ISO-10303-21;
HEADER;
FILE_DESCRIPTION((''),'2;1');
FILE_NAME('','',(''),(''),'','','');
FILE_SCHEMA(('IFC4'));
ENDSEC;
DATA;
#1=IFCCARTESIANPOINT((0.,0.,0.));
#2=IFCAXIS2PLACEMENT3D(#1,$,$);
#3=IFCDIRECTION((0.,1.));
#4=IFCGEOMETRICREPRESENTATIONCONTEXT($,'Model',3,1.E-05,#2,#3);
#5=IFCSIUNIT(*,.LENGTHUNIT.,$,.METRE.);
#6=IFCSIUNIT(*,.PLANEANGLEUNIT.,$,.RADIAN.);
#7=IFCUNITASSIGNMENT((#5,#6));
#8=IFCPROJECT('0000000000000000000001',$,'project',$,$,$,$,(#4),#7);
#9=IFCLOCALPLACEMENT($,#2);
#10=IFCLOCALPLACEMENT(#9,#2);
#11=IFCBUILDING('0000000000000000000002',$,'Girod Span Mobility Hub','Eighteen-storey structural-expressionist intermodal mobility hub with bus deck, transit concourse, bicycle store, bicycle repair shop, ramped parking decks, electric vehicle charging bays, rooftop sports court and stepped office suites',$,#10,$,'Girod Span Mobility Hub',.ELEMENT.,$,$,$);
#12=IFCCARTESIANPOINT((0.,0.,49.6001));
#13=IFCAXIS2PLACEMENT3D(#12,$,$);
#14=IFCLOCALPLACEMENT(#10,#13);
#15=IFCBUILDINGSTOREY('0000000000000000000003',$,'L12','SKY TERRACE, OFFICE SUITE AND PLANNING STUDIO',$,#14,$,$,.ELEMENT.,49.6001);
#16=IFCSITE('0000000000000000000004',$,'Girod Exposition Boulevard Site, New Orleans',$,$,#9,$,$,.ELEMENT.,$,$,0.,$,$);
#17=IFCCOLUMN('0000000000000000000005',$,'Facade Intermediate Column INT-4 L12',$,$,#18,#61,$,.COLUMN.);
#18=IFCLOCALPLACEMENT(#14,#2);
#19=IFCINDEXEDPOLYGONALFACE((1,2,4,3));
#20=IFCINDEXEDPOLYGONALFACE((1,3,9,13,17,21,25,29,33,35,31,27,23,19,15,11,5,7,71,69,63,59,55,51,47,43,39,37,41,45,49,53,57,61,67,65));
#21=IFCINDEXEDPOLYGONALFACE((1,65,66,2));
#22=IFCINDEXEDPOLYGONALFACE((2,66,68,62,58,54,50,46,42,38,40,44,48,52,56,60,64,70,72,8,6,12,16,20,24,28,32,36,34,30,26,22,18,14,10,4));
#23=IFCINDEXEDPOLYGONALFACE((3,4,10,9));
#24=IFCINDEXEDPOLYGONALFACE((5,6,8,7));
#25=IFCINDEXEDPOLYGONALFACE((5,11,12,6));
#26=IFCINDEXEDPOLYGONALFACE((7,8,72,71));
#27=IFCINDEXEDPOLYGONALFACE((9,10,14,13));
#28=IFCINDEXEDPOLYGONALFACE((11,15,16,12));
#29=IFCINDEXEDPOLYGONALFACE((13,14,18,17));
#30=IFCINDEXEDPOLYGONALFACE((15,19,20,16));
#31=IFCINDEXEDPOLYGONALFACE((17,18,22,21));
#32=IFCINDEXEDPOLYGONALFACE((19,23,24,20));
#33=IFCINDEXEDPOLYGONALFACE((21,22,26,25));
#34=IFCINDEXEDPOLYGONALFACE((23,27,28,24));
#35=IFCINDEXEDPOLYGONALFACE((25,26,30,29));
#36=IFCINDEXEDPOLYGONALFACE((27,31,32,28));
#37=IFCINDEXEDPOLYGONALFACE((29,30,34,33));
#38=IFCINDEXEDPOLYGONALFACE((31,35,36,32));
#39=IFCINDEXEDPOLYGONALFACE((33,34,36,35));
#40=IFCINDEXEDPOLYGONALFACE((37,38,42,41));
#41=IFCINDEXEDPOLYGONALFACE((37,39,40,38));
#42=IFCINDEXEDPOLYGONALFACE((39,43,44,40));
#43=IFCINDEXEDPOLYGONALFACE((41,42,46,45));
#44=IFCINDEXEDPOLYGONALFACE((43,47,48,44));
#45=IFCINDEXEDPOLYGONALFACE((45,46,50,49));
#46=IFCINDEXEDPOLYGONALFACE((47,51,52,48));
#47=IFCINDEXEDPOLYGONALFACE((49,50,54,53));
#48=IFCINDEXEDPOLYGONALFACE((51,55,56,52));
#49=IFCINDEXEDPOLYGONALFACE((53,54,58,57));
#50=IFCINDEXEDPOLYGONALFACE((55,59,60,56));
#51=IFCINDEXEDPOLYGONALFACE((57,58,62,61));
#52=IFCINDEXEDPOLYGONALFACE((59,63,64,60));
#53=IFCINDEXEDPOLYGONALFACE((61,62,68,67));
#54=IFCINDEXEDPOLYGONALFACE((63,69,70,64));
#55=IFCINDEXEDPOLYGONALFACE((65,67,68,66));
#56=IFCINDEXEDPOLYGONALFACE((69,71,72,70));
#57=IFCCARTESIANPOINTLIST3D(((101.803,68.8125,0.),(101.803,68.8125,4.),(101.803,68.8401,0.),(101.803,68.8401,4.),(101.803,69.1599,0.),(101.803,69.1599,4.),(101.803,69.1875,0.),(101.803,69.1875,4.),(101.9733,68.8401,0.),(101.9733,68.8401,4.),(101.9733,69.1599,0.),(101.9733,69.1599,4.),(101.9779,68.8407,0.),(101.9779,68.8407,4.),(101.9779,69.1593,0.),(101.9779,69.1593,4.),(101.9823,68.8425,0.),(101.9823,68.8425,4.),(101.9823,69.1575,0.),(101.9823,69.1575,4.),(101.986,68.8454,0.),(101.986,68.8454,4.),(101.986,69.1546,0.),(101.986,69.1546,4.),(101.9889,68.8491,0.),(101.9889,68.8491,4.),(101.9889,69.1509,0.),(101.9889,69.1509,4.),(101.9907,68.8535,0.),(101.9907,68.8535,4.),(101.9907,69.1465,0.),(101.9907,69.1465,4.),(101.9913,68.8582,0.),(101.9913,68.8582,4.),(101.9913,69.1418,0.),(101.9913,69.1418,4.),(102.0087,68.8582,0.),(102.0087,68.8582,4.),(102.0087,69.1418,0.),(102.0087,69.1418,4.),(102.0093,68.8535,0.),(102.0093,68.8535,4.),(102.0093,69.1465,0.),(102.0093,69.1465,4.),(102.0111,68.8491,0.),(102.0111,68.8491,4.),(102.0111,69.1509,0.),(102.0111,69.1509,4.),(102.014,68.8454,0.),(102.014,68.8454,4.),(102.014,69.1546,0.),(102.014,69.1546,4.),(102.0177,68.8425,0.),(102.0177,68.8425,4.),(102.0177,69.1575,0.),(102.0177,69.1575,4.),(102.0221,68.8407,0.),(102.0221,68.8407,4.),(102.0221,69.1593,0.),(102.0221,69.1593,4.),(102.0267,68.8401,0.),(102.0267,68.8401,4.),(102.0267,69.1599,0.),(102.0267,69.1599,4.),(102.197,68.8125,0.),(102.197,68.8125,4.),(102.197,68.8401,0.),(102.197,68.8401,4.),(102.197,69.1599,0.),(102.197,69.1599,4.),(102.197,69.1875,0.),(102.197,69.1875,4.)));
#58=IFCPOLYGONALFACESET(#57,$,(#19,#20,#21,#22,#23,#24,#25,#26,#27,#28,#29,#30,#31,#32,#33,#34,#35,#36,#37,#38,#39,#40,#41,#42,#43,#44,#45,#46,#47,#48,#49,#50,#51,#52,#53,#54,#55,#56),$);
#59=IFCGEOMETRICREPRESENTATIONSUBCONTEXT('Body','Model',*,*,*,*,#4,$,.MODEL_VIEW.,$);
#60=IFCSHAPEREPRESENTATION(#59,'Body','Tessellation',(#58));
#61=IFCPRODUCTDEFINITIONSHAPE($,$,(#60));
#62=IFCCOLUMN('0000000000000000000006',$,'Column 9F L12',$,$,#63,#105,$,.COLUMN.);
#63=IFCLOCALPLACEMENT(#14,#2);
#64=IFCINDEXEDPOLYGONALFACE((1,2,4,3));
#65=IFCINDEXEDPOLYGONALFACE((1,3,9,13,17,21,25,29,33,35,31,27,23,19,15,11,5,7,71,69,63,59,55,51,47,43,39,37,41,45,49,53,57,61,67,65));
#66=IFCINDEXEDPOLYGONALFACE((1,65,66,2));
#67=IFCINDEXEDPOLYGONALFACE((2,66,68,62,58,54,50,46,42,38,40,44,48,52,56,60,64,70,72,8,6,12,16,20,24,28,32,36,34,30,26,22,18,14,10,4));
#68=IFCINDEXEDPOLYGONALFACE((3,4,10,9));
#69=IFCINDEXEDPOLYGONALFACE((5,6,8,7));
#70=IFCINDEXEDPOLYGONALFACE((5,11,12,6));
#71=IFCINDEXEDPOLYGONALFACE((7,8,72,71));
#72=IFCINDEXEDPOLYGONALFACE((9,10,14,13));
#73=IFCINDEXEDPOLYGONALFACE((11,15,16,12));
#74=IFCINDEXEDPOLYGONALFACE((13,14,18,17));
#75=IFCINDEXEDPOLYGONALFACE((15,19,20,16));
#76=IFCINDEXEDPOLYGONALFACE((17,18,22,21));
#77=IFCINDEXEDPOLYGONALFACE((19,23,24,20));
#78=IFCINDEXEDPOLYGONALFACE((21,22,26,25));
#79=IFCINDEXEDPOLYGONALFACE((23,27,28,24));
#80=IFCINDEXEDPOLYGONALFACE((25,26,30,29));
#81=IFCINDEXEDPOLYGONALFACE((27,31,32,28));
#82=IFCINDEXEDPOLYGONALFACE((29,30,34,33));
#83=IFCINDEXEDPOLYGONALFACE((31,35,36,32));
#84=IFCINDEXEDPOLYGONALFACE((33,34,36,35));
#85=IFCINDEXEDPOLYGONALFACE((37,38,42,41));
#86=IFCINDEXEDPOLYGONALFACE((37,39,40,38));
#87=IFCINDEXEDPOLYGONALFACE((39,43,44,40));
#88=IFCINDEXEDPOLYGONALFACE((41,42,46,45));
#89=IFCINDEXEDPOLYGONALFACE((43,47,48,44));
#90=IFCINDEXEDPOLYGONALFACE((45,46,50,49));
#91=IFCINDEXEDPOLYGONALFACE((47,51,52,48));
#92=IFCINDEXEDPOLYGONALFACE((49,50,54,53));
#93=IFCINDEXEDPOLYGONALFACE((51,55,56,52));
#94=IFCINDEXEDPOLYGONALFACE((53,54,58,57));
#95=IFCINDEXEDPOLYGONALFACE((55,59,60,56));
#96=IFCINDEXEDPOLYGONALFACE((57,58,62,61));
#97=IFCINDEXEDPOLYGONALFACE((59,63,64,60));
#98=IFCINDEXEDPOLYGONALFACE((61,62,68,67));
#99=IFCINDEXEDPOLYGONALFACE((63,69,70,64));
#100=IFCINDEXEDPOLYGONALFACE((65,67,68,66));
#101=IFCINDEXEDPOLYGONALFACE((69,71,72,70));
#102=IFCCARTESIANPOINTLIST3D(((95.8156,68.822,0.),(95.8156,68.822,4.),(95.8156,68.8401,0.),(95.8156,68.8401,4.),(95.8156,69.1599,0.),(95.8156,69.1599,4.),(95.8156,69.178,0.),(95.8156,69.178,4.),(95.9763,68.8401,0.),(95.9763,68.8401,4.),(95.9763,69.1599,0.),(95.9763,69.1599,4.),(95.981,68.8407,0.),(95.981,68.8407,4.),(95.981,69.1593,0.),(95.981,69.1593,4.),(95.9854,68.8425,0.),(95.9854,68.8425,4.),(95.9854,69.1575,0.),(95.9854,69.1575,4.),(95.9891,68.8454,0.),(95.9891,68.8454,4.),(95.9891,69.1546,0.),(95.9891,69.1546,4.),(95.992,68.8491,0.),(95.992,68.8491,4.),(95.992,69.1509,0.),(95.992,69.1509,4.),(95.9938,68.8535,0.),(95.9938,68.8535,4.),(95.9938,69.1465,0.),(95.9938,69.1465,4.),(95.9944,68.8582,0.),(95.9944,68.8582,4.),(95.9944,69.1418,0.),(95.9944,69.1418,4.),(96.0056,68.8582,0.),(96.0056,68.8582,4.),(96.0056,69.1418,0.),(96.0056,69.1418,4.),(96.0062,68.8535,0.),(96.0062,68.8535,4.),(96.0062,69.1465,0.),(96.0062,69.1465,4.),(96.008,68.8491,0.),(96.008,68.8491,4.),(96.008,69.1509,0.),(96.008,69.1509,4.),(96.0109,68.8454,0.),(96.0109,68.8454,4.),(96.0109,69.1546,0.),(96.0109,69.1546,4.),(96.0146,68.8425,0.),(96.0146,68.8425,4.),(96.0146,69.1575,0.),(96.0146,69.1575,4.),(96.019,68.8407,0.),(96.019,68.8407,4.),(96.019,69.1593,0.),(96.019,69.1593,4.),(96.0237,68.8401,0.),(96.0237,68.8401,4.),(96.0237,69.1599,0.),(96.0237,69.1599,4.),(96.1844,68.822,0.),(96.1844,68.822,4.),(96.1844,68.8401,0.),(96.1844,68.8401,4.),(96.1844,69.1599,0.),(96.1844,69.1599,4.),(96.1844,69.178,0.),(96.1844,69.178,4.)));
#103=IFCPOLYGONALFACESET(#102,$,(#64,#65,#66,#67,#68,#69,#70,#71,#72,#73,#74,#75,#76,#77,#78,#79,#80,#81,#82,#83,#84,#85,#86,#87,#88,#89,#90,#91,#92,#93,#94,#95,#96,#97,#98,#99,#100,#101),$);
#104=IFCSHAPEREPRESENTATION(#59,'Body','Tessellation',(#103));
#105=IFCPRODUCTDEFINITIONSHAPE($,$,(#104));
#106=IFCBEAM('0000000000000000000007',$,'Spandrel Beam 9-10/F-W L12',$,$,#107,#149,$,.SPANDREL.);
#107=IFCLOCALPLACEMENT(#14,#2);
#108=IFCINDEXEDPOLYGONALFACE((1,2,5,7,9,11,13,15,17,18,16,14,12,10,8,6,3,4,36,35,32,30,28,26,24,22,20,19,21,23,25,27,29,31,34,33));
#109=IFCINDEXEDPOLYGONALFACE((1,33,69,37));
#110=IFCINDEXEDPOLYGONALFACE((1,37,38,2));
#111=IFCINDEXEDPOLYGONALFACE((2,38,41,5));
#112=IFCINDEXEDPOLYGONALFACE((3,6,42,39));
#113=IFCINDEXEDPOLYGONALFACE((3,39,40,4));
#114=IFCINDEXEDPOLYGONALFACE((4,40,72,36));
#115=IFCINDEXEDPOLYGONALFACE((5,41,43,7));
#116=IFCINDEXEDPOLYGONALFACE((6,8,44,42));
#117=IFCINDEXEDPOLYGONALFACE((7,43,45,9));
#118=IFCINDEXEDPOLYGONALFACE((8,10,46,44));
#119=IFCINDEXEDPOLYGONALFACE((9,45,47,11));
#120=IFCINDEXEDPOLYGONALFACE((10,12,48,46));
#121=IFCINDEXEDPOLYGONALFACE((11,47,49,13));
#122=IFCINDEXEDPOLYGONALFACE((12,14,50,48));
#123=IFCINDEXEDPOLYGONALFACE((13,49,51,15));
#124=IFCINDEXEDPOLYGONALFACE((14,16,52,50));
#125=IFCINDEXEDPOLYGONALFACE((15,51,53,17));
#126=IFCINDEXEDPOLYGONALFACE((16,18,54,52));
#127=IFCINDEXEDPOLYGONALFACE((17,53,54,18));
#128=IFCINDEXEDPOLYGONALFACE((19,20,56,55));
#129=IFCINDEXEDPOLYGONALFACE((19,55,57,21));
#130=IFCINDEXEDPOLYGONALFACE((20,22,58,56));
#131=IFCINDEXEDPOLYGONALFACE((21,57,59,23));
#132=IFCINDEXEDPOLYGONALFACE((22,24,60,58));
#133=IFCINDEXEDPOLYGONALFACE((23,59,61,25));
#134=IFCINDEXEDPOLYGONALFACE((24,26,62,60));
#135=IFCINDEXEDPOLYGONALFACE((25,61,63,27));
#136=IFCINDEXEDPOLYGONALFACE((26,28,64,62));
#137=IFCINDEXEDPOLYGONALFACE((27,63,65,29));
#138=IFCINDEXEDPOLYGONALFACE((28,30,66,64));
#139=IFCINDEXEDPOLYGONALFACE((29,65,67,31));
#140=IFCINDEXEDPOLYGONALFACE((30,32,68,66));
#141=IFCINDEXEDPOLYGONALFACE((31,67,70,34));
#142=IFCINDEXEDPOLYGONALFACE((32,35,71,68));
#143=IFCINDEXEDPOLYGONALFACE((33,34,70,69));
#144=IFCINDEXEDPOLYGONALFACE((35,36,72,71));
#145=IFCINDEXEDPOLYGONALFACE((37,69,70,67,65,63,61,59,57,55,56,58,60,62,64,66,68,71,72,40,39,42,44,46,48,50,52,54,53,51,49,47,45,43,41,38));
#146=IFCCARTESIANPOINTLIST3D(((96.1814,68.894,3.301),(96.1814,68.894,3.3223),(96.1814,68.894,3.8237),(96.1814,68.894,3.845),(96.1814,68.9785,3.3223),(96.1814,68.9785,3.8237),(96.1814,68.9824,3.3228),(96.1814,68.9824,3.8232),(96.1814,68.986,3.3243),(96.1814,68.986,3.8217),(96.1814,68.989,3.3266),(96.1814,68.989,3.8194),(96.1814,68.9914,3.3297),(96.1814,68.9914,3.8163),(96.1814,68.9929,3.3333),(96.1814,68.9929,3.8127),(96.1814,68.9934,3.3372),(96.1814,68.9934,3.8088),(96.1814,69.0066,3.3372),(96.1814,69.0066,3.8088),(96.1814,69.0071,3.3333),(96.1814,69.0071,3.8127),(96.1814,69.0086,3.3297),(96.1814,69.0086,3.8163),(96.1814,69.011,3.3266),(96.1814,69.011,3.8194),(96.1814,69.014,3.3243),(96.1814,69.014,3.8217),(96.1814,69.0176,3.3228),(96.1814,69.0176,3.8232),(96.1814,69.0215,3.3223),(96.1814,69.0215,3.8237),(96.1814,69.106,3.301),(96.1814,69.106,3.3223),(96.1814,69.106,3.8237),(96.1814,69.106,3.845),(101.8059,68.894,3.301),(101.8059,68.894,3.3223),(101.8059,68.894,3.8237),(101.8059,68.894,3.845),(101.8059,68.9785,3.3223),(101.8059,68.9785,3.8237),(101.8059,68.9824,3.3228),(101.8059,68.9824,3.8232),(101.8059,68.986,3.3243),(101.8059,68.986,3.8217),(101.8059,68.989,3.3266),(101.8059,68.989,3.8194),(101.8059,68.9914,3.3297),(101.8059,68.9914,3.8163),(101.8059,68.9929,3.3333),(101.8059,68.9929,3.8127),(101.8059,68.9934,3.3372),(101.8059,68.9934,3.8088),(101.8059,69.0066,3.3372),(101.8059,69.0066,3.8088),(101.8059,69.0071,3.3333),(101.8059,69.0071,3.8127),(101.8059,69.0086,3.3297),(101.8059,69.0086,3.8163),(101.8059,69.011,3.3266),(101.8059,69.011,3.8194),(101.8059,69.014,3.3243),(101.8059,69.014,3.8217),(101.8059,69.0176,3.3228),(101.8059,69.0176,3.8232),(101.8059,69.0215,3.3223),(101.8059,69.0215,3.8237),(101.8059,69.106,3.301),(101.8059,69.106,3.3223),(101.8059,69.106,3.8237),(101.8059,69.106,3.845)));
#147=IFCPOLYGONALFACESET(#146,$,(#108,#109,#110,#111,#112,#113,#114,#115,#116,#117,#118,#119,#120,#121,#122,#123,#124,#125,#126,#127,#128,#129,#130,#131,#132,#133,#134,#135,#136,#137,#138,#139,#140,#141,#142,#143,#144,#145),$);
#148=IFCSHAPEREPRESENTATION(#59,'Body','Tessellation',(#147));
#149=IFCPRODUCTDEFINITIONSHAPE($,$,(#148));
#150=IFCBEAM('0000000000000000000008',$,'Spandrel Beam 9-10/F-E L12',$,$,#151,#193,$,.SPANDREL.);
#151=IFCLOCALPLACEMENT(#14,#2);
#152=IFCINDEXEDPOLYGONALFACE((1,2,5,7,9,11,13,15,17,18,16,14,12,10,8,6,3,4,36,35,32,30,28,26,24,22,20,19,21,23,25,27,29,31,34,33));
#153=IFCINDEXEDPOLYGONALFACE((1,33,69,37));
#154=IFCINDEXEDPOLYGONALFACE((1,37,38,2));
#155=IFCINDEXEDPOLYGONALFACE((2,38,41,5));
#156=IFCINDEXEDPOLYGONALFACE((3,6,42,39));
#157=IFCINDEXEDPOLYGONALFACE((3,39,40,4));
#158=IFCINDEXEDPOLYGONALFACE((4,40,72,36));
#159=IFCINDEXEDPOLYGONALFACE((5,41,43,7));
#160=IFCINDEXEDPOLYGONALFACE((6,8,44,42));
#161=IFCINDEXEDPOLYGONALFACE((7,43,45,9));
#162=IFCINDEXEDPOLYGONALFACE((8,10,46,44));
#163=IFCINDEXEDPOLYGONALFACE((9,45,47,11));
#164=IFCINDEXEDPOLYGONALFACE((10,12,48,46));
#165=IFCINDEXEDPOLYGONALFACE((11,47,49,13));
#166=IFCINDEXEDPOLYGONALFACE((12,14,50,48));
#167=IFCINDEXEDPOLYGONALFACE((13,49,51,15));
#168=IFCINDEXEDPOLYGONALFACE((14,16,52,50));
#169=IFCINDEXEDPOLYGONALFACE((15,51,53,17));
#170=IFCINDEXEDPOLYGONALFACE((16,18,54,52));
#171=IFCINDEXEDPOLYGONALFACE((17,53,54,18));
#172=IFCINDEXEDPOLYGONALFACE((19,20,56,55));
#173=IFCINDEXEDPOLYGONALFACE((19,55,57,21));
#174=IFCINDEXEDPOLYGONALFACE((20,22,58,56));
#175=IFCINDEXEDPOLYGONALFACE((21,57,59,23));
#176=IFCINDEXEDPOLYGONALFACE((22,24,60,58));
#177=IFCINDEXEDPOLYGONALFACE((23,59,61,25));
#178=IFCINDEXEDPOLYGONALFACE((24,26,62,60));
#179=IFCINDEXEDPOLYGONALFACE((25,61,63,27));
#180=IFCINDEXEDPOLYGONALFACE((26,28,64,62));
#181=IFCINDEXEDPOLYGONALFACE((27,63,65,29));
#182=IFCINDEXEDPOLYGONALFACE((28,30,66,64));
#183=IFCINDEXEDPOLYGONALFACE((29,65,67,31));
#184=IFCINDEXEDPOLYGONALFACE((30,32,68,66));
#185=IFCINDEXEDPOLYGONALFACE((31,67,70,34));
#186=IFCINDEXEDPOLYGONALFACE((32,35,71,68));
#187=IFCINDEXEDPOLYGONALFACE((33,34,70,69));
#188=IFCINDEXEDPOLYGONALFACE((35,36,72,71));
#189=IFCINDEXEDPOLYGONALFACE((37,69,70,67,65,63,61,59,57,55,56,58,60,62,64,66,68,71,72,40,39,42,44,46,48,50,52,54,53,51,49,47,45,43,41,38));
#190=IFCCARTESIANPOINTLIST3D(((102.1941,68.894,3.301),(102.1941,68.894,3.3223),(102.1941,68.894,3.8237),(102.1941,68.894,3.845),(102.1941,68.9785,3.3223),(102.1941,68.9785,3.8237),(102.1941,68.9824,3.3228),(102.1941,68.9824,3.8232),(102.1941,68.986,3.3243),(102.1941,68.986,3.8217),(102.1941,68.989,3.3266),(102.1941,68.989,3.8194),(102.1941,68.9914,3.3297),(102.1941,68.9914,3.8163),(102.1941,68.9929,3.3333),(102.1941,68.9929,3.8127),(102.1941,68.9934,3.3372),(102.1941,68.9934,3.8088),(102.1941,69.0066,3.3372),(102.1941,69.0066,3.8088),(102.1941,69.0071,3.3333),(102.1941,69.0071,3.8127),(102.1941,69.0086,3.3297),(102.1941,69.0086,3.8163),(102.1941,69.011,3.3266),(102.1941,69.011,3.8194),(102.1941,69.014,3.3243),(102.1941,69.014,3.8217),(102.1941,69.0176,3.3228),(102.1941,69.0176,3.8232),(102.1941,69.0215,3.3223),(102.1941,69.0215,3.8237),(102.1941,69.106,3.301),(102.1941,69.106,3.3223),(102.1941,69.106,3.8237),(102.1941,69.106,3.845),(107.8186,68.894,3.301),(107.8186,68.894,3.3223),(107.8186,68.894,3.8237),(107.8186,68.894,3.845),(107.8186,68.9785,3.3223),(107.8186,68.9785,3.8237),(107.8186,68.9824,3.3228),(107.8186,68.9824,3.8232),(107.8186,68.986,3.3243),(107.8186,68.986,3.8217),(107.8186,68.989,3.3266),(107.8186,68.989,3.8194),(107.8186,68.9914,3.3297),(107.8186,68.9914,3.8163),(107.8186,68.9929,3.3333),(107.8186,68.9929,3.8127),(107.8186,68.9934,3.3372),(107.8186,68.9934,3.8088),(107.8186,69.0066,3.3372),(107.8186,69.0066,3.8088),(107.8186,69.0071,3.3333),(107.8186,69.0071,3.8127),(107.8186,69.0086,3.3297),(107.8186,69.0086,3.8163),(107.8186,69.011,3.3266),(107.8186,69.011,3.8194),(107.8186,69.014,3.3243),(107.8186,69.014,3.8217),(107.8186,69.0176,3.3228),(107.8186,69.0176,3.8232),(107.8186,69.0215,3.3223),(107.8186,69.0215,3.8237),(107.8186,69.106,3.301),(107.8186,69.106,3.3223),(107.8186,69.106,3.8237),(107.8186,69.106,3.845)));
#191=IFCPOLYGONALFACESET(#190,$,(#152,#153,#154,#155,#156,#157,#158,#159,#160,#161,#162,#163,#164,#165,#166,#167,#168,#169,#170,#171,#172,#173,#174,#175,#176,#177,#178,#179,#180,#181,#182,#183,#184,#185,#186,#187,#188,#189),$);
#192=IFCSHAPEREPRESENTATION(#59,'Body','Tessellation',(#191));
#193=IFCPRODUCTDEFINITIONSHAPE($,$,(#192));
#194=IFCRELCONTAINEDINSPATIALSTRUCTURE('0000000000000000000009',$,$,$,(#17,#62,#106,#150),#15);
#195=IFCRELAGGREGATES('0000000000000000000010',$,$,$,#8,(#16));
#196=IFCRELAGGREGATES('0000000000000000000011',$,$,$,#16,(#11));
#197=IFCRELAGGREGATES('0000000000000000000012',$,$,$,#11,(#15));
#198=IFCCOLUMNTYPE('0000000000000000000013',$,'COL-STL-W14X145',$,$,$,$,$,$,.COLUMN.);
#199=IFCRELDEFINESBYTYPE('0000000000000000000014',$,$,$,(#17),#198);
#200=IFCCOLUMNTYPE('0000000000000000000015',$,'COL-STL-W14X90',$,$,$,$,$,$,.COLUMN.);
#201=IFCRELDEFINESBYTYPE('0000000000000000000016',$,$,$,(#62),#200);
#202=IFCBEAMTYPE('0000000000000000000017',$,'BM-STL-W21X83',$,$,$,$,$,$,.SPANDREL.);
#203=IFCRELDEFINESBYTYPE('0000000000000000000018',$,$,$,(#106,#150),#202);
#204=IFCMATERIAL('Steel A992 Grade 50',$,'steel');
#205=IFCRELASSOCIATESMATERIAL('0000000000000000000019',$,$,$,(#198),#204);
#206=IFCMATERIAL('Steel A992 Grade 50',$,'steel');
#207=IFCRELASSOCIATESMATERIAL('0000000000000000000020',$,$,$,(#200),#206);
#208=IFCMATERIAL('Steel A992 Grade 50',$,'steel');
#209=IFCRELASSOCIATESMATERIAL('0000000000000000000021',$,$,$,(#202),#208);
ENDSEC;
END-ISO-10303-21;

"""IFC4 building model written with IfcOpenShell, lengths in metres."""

from ifc_helpers import new_model, si_unit, direction, frame, origin, origin_2d, place, context, subcontext, project, spatial, i_section, extrude, material, material_profile, profile_set, type_object, element, save


model = new_model("IFC4")

# Units and contexts
model_context = context("Model", 3, precision=1e-05, world=origin(), true_north=direction((0.0, 1.0)))
body_context = subcontext(model_context, "Body", "Model", "MODEL_VIEW")
ifc_project = project(units=[si_unit("LENGTHUNIT", "METRE"), si_unit("PLANEANGLEUNIT", "RADIAN")], contexts=[model_context])

# Site, building, storey
site_placement = place(None, origin())
site = spatial("IfcSite", under=ifc_project, at=site_placement, Name="Girod Exposition Boulevard Site, New Orleans", CompositionType="ELEMENT", RefElevation=0.0)
building_placement = place(site_placement, origin())
building = spatial("IfcBuilding", under=site, at=building_placement, Name="Girod Span Mobility Hub", Description="Eighteen-storey structural-expressionist intermodal mobility hub with bus deck, transit concourse, bicycle store, bicycle repair shop, ramped parking decks, electric vehicle charging bays, rooftop sports court and stepped office suites", LongName="Girod Span Mobility Hub", CompositionType="ELEMENT")
storey_placement = place(building_placement, frame((0.0, 0.0, 49.6001)))
storey = spatial("IfcBuildingStorey", under=building, at=storey_placement, Name="L12", Description="SKY TERRACE, OFFICE SUITE AND PLANNING STUDIO", CompositionType="ELEMENT", Elevation=49.6001)

# Columns
ifc_material_1 = material(Name="Steel A992 Grade 50", Category="steel")
ifc_material_profile_1 = material_profile(ifc_material_1, i_section(OverallWidth=0.394, OverallDepth=0.375, WebThickness=0.0173, FlangeThickness=0.0276, FilletRadius=0.0181, at=origin_2d()), Name="W14X145")
ifc_profile_set_1 = profile_set([ifc_material_profile_1], Name="Steel A992 Grade 50")
column_type_1 = type_object("IfcColumnType", Name="COL-STL-W14X145", PredefinedType="COLUMN", material=ifc_profile_set_1)
column_1_placement = place(storey_placement, frame((102.0, 69.0, 0.0), z_axis=(0.0, 0.0, 1.0), x_axis=(1.0, 0.0, 0.0)))
element("IfcColumn", 1, at=column_1_placement, inside=storey, type_object=column_type_1, Name="Facade Intermediate Column INT-4 L12", PredefinedType="COLUMN", context=body_context, shape_type="SweptSolid", body=[
    extrude(i_section(OverallWidth=0.394, OverallDepth=0.375, WebThickness=0.0173, FlangeThickness=0.0276, FilletRadius=0.0181, at=origin_2d()), origin(), (0.0, 0.0, 1.0), 4.0),
])
ifc_material_2 = material(Name="Steel A992 Grade 50", Category="steel")
ifc_material_profile_2 = material_profile(ifc_material_2, i_section(OverallWidth=0.3689, OverallDepth=0.356, WebThickness=0.0112, FlangeThickness=0.0181, FilletRadius=0.0181, at=origin_2d()), Name="W14X90")
ifc_profile_set_2 = profile_set([ifc_material_profile_2], Name="Steel A992 Grade 50")
column_type_2 = type_object("IfcColumnType", Name="COL-STL-W14X90", PredefinedType="COLUMN", material=ifc_profile_set_2)
column_2_placement = place(storey_placement, frame((96.0, 69.0, 0.0), z_axis=(0.0, 0.0, 1.0), x_axis=(1.0, 0.0, 0.0)))
element("IfcColumn", 2, at=column_2_placement, inside=storey, type_object=column_type_2, Name="Column 9F L12", PredefinedType="COLUMN", context=body_context, shape_type="SweptSolid", body=[
    extrude(i_section(OverallWidth=0.3689, OverallDepth=0.356, WebThickness=0.0112, FlangeThickness=0.0181, FilletRadius=0.0181, at=origin_2d()), origin(), (0.0, 0.0, 1.0), 4.0),
])

# Beams
ifc_material_3 = material(Name="Steel A992 Grade 50", Category="steel")
ifc_material_profile_3 = material_profile(ifc_material_3, i_section(OverallWidth=0.2119, OverallDepth=0.5439, WebThickness=0.0132, FlangeThickness=0.0212, FilletRadius=0.0149, at=origin_2d()), Name="W21X83")
ifc_profile_set_3 = profile_set([ifc_material_profile_3], Name="Steel A992 Grade 50")
beam_type_1 = type_object("IfcBeamType", Name="BM-STL-W21X83", PredefinedType="SPANDREL", material=ifc_profile_set_3)
for number, where, z_axis, x_axis, name in (
    (3, (96.1814, 69.0, 3.573), (1.0, 0.0, 0.0), (0.0, 1.0, 0.0), "Spandrel Beam 9-10/F-W L12"),
    (4, (102.1941, 69.0, 3.573), (1.0, 0.0, 0.0), (0.0, 1.0, 0.0), "Spandrel Beam 9-10/F-E L12"),
):
    element("IfcBeam", number, at=place(storey_placement, frame(where, z_axis=z_axis, x_axis=x_axis)), inside=storey, type_object=beam_type_1, Name=name, PredefinedType="SPANDREL", context=body_context, shape_type="SweptSolid", body=[
        extrude(i_section(OverallWidth=0.2119, OverallDepth=0.5439, WebThickness=0.0132, FlangeThickness=0.0212, FilletRadius=0.0149, at=origin_2d()), origin(), (0.0, 0.0, 1.0), 5.6245),
    ])

save(model, "model.ifc")
